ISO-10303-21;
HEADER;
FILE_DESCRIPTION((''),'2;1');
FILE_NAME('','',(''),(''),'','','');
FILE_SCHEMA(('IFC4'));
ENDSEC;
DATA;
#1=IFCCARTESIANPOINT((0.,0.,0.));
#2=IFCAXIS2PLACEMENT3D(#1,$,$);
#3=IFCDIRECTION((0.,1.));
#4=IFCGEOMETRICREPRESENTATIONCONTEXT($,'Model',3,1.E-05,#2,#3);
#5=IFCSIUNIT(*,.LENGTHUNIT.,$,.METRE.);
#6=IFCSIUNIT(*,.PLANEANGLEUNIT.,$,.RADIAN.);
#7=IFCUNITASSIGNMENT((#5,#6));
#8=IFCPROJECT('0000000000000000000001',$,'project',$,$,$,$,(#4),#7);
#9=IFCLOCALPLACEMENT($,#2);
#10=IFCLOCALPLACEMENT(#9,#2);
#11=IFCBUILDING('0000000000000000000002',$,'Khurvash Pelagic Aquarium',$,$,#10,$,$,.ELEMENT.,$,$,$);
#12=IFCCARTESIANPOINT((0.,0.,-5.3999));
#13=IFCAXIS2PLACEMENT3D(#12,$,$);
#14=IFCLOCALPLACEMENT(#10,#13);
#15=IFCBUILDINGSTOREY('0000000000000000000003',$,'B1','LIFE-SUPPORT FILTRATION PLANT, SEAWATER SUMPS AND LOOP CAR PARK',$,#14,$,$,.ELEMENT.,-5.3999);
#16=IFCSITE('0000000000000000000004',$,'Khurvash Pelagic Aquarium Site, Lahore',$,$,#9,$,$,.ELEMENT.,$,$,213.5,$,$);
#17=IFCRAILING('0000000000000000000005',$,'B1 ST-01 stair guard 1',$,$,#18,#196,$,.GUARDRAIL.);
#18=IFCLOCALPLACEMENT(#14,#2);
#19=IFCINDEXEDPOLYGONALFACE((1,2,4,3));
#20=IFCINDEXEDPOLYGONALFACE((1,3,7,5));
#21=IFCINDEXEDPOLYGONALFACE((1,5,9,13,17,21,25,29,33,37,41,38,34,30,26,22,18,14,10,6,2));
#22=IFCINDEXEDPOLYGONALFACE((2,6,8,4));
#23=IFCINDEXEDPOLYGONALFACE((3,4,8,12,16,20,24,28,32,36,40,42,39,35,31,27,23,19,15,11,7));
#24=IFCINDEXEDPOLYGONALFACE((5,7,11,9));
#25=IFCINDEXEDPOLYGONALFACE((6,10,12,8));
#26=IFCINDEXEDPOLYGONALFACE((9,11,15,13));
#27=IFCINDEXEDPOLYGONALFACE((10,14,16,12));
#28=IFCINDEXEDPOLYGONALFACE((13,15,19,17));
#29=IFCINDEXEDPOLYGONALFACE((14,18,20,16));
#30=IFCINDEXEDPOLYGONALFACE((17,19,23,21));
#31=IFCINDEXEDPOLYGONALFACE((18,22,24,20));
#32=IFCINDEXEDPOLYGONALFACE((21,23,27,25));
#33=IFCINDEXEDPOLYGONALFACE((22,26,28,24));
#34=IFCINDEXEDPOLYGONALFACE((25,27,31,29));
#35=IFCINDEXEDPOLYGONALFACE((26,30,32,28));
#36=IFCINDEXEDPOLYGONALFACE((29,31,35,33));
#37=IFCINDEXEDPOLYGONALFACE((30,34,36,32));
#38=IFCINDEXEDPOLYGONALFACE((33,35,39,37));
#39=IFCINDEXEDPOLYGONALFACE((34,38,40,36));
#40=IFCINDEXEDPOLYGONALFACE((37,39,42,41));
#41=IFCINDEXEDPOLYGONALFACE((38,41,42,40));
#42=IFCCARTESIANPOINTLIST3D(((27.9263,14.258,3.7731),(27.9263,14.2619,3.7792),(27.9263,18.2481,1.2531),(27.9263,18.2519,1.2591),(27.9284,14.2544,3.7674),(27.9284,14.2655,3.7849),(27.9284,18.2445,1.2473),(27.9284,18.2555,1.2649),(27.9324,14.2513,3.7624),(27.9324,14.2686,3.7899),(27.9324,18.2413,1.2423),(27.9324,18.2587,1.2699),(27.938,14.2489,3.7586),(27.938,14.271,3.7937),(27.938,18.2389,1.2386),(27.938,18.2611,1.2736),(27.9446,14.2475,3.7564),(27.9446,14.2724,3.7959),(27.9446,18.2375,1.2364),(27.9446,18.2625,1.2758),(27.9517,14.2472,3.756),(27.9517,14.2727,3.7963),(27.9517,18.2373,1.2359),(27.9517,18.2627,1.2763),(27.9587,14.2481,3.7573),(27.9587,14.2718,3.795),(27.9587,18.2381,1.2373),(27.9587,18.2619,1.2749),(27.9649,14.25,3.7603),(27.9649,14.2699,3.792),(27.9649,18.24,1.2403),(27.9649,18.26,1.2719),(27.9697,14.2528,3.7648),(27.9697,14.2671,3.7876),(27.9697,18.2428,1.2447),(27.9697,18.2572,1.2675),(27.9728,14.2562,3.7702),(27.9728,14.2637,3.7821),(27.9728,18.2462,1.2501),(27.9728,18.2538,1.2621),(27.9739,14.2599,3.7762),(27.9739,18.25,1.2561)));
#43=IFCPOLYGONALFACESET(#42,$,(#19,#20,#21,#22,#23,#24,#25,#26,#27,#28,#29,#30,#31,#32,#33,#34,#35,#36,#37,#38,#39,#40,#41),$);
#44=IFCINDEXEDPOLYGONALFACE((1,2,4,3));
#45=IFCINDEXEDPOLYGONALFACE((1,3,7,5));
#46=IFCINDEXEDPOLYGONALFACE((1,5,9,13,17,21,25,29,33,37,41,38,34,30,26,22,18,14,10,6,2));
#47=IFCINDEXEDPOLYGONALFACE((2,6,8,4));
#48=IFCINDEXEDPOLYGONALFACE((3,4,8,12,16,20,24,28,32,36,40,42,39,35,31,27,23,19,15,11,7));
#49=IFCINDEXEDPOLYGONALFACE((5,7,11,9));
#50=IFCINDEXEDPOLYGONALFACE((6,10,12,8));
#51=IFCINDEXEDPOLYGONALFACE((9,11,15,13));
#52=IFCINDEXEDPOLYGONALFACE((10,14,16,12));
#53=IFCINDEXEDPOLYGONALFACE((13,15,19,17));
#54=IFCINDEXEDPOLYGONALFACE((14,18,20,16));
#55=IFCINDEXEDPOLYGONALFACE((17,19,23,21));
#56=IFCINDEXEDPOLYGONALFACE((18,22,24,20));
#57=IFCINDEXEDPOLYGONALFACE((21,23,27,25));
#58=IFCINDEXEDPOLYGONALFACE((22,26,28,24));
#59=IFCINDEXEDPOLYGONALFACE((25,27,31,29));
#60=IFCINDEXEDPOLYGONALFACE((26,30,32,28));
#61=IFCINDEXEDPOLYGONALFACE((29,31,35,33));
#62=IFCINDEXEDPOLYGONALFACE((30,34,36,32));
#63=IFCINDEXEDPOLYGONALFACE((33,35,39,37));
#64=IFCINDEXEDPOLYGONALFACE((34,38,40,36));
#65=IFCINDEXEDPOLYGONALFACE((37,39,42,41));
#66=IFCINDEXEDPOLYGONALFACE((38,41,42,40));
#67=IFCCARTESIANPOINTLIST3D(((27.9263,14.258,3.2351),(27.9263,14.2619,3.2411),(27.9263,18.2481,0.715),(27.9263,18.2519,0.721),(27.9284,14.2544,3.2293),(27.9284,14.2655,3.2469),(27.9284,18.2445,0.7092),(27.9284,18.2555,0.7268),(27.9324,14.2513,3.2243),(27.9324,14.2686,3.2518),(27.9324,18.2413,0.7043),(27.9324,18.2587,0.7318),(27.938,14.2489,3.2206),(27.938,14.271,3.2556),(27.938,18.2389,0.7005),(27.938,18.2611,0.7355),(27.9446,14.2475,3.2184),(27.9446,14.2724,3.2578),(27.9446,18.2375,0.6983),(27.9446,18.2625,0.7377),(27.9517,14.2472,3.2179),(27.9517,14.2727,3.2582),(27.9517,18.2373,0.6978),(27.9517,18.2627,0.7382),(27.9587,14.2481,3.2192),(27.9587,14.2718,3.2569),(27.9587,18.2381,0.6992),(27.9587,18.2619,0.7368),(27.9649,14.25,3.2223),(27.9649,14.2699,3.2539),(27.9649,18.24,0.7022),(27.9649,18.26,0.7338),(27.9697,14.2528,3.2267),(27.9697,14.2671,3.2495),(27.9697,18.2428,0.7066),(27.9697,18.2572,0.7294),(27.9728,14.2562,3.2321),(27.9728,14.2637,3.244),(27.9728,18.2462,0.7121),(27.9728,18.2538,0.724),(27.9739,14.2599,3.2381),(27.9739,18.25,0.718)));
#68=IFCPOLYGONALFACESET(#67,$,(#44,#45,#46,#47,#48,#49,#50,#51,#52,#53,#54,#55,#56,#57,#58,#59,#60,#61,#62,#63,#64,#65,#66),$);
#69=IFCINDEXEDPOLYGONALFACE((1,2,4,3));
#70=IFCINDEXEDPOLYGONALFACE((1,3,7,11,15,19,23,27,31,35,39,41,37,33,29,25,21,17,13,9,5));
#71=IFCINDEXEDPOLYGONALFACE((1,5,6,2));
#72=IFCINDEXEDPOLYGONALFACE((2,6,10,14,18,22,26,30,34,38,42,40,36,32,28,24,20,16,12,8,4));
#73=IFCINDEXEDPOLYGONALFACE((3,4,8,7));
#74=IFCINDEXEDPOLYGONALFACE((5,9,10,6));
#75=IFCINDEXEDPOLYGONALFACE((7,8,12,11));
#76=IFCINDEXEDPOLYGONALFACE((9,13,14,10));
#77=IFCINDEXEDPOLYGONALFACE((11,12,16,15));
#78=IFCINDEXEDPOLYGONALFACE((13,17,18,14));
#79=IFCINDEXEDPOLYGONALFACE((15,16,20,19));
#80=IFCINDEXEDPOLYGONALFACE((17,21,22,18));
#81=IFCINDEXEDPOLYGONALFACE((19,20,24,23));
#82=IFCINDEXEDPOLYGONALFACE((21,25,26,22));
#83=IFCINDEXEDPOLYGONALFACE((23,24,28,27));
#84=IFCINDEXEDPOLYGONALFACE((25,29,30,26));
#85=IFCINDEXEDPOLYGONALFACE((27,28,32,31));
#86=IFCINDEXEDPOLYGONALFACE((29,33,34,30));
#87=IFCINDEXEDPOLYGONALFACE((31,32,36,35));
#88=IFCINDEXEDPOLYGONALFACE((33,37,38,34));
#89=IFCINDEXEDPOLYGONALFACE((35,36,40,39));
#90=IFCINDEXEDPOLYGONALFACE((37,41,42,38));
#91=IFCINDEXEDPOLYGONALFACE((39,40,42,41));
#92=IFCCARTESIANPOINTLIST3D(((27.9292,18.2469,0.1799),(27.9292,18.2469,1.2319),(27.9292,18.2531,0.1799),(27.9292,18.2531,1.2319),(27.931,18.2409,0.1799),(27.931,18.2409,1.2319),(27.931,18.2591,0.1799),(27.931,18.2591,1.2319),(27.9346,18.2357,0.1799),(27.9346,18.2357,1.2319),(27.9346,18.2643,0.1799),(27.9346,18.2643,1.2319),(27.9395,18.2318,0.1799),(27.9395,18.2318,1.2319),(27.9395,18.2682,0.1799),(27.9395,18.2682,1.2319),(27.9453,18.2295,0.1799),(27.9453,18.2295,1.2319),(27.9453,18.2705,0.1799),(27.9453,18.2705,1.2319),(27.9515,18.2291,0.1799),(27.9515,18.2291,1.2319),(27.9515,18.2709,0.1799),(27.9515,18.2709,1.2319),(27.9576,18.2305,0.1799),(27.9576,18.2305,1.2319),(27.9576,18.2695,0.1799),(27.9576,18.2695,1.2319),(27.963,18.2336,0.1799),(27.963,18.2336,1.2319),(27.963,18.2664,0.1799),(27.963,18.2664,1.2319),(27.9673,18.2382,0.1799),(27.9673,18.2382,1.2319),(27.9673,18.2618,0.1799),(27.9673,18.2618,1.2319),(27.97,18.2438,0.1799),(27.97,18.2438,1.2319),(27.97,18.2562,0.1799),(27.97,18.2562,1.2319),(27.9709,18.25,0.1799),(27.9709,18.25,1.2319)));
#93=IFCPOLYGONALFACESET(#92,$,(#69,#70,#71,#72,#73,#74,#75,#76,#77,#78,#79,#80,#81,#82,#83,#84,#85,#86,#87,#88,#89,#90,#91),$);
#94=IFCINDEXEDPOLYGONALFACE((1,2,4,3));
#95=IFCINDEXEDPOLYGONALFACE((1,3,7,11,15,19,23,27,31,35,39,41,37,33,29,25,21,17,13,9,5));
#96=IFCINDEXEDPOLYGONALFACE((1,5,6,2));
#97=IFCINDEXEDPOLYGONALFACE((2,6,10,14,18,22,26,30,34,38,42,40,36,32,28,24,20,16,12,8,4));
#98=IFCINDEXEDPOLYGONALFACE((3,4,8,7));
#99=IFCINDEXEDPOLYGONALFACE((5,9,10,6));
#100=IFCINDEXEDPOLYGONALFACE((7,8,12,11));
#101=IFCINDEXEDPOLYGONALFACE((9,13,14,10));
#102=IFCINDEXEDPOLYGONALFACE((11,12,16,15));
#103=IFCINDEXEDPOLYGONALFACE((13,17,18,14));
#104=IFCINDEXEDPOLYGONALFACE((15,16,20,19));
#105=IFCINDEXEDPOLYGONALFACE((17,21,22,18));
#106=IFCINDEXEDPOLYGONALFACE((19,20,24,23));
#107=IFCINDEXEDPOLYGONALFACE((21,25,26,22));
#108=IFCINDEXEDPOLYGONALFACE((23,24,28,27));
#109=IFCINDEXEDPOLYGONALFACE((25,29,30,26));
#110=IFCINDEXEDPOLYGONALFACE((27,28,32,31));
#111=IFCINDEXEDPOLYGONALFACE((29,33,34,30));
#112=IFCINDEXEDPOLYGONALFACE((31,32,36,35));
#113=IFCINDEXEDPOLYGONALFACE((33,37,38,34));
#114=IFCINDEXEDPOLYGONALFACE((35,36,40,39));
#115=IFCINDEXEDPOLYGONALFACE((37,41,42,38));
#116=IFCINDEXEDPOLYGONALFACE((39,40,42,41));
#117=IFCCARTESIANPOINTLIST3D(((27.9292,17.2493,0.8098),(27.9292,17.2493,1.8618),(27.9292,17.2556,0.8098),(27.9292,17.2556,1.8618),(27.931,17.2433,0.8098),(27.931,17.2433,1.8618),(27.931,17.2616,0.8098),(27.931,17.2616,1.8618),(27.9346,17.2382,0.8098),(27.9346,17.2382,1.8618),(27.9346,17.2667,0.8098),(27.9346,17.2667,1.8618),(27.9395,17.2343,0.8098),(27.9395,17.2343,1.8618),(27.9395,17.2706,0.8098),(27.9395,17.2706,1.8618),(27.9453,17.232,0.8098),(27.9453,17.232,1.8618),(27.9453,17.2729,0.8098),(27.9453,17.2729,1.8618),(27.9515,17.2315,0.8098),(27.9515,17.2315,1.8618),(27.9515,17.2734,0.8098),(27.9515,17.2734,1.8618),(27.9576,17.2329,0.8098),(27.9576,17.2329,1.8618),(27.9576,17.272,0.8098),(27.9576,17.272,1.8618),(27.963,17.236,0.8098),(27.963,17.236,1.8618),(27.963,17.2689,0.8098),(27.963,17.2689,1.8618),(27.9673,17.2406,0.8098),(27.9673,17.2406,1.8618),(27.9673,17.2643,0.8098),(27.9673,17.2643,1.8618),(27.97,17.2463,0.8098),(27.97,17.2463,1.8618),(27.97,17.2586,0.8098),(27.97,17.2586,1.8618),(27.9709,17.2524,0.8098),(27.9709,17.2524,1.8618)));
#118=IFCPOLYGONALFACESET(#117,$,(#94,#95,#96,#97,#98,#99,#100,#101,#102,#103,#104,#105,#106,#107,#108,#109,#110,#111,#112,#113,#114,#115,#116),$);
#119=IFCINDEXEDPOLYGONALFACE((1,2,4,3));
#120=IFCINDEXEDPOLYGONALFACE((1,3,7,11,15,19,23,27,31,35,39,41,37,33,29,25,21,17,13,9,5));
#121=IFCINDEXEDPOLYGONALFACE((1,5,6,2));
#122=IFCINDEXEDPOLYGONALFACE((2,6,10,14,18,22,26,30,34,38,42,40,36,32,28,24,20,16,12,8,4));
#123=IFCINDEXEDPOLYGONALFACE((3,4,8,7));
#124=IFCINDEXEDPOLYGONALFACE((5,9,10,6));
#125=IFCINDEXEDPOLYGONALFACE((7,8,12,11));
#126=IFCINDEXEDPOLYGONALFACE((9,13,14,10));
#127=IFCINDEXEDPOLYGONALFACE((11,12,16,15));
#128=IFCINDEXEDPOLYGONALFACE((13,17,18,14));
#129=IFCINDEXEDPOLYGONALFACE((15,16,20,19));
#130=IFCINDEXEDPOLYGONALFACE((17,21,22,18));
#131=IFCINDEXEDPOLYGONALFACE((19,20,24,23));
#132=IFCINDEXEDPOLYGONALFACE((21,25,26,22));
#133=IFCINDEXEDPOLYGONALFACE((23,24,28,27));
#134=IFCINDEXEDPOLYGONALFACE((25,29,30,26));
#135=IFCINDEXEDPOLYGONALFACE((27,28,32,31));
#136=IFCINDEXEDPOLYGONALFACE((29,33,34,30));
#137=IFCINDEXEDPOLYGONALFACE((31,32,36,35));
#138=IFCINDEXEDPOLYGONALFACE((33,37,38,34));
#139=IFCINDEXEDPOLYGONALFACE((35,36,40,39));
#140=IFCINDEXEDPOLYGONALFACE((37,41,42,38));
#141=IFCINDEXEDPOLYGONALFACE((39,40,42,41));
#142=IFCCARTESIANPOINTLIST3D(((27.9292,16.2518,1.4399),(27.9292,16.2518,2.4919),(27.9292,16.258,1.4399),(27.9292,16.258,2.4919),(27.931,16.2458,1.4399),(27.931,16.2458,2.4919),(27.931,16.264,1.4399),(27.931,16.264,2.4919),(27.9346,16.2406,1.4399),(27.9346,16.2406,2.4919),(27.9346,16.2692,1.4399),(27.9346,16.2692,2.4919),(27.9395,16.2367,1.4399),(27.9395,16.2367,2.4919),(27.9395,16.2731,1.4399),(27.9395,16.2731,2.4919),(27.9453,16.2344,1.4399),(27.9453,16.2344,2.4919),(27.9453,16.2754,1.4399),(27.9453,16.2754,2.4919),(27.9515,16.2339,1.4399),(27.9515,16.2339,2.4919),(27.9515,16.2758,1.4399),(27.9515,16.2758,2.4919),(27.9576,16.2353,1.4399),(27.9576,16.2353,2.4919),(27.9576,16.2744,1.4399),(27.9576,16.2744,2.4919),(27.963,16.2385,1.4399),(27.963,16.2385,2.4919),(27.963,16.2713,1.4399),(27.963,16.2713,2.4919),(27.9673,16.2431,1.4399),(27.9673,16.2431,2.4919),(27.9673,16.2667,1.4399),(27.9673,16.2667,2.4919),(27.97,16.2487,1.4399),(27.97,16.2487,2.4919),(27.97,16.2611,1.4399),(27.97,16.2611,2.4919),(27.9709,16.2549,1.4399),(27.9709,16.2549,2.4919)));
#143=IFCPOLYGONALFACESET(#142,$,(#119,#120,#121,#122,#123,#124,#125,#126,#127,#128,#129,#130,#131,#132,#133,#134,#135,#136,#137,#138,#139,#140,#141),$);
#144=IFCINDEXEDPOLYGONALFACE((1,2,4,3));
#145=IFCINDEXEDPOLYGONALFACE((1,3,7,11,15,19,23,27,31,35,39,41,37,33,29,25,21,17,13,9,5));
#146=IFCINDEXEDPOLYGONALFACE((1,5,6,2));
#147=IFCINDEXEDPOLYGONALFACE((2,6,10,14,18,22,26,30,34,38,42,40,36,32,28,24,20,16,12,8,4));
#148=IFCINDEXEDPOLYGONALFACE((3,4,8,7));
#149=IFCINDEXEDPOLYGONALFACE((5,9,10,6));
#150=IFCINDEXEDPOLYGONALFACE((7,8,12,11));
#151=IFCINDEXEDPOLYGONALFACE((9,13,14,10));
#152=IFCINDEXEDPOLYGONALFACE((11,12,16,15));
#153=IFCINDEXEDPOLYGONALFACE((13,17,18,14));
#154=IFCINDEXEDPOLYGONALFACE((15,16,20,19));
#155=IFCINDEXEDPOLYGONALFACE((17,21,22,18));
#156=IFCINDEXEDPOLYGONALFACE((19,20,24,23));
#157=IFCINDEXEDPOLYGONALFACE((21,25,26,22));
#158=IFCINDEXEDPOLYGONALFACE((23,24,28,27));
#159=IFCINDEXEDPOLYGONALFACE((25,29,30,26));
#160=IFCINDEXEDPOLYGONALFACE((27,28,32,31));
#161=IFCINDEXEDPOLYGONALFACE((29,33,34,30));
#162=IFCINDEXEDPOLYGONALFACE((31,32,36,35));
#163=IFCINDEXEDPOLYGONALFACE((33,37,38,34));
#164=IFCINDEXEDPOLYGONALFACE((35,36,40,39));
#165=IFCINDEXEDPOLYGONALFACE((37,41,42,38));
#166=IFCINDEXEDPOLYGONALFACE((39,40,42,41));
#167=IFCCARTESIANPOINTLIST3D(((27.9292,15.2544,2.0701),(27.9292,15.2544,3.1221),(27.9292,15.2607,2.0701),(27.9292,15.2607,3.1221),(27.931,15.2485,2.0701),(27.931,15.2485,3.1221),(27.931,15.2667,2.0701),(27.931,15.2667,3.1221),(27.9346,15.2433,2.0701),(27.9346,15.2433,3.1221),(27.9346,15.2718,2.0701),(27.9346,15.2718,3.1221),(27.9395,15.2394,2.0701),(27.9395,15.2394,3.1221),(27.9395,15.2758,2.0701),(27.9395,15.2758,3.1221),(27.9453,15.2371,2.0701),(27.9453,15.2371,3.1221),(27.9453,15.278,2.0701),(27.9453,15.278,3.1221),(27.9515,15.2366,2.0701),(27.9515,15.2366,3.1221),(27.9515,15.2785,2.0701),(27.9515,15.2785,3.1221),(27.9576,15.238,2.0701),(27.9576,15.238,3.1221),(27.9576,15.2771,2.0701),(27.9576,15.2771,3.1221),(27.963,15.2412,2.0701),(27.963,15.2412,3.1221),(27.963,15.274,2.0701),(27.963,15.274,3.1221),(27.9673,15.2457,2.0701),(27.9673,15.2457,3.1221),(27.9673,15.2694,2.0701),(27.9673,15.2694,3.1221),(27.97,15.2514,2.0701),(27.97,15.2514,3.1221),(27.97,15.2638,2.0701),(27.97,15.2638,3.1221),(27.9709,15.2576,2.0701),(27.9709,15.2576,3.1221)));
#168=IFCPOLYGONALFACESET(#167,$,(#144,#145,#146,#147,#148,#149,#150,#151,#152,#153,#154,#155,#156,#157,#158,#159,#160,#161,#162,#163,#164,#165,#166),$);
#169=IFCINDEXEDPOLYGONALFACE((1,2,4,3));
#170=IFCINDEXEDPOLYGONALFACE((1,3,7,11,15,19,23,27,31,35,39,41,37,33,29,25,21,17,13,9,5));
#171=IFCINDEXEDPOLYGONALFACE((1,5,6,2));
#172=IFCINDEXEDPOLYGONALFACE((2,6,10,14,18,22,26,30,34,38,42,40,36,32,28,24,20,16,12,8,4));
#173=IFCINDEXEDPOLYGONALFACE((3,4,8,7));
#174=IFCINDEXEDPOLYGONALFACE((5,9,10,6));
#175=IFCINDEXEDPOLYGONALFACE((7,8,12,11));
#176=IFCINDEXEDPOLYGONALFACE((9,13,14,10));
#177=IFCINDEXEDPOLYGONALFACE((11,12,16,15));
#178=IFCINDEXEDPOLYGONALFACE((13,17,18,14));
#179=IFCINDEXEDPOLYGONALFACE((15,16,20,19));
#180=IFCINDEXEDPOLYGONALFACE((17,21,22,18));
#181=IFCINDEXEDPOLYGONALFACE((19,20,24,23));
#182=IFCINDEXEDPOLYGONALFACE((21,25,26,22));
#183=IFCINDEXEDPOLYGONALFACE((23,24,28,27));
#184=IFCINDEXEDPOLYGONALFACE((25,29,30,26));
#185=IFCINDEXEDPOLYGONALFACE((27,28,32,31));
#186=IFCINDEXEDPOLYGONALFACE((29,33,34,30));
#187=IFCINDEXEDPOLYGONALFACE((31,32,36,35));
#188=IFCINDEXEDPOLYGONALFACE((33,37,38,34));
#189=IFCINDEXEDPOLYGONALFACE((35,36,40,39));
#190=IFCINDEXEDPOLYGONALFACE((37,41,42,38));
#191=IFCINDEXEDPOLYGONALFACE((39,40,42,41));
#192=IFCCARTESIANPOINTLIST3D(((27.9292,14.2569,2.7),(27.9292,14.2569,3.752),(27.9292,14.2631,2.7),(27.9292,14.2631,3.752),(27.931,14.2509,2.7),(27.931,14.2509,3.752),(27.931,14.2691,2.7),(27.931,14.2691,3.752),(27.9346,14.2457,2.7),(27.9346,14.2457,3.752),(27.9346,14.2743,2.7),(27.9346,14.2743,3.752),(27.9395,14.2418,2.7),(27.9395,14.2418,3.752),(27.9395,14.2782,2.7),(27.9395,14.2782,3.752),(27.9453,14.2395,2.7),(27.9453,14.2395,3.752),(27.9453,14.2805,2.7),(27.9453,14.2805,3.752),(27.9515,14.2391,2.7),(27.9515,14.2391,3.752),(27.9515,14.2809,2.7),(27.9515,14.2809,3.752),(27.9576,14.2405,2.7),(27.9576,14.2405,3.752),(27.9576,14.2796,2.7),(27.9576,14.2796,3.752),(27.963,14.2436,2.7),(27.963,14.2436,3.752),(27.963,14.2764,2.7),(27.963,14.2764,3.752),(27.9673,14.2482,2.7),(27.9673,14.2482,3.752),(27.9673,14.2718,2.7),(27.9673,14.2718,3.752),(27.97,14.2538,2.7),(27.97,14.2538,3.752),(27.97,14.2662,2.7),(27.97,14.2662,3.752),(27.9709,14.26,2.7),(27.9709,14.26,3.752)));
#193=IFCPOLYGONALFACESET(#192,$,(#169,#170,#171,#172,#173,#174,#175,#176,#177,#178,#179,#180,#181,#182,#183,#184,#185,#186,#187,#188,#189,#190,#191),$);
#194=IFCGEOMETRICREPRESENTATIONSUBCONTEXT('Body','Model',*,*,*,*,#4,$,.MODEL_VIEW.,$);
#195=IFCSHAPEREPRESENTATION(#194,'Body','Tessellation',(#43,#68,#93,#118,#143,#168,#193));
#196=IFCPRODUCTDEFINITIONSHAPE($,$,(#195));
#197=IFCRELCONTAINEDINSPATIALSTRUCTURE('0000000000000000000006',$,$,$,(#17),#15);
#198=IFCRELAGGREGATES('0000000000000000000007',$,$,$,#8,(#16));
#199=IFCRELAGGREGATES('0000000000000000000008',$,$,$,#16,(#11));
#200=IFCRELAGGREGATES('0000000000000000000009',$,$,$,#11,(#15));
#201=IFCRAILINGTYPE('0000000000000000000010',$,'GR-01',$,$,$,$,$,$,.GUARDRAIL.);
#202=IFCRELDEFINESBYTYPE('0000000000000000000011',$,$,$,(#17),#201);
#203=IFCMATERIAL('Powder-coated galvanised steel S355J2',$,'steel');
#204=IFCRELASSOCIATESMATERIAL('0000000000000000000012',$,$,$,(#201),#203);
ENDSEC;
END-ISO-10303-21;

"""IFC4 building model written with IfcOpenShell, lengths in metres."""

from ifc_helpers import new_model, si_unit, direction, frame, origin, origin_2d, place, context, subcontext, project, spatial, circle, extrude, material, type_object, element, save


model = new_model("IFC4")

# Units and contexts
model_context = context("Model", 3, precision=1e-05, world=origin(), true_north=direction((0.0, 1.0)))
body_context = subcontext(model_context, "Body", "Model", "MODEL_VIEW")
ifc_project = project(units=[si_unit("LENGTHUNIT", "METRE"), si_unit("PLANEANGLEUNIT", "RADIAN")], contexts=[model_context])

# Site, building, storey
site_placement = place(None, origin())
site = spatial("IfcSite", under=ifc_project, at=site_placement, Name="Khurvash Pelagic Aquarium Site, Lahore", CompositionType="ELEMENT", RefElevation=213.5)
building_placement = place(site_placement, origin())
building = spatial("IfcBuilding", under=site, at=building_placement, Name="Khurvash Pelagic Aquarium", CompositionType="ELEMENT")
storey_placement = place(building_placement, frame((0.0, 0.0, -5.3999)))
storey = spatial("IfcBuildingStorey", under=building, at=storey_placement, Name="B1", Description="LIFE-SUPPORT FILTRATION PLANT, SEAWATER SUMPS AND LOOP CAR PARK", CompositionType="ELEMENT", Elevation=-5.3999)

# Railing
ifc_material_1 = material(Name="Powder-coated galvanised steel S355J2", Category="steel")
railing_type = type_object("IfcRailingType", Name="GR-01", PredefinedType="GUARDRAIL", material=ifc_material_1)
railing_1_placement = place(storey_placement, frame((27.95, 18.25, 0.1799)))
element("IfcRailing", 1, at=railing_1_placement, inside=storey, type_object=railing_type, Name="B1 ST-01 stair guard 1", PredefinedType="GUARDRAIL", context=body_context, shape_type="SweptSolid", body=[
    extrude(circle(Radius=0.0239, at=origin_2d()), frame((0.0, 0.0, 1.0762), z_axis=(0.0, -0.845486, 0.533997), x_axis=(1.0, 0.0, 0.0)), (0.0, 0.0, 1.0), 4.7192),
    extrude(circle(Radius=0.0239, at=origin_2d()), frame((0.0, 0.0, 0.5381), z_axis=(0.0, -0.845486, 0.533997), x_axis=(1.0, 0.0, 0.0)), (0.0, 0.0, 1.0), 4.7192),
    extrude(circle(Radius=0.021, at=origin_2d()), origin(), (0.0, 0.0, 1.0), 1.052),
    extrude(circle(Radius=0.021, at=origin_2d()), frame((0.0, -0.9976, 0.6299)), (0.0, 0.0, 1.0), 1.052),
    extrude(circle(Radius=0.021, at=origin_2d()), frame((0.0, -1.9951, 1.26)), (0.0, 0.0, 1.0), 1.052),
    extrude(circle(Radius=0.021, at=origin_2d()), frame((0.0, -2.9924, 1.8901)), (0.0, 0.0, 1.0), 1.052),
    extrude(circle(Radius=0.021, at=origin_2d()), frame((0.0, -3.99, 2.52)), (0.0, 0.0, 1.0), 1.052),
])

save(model, "model.ifc")
